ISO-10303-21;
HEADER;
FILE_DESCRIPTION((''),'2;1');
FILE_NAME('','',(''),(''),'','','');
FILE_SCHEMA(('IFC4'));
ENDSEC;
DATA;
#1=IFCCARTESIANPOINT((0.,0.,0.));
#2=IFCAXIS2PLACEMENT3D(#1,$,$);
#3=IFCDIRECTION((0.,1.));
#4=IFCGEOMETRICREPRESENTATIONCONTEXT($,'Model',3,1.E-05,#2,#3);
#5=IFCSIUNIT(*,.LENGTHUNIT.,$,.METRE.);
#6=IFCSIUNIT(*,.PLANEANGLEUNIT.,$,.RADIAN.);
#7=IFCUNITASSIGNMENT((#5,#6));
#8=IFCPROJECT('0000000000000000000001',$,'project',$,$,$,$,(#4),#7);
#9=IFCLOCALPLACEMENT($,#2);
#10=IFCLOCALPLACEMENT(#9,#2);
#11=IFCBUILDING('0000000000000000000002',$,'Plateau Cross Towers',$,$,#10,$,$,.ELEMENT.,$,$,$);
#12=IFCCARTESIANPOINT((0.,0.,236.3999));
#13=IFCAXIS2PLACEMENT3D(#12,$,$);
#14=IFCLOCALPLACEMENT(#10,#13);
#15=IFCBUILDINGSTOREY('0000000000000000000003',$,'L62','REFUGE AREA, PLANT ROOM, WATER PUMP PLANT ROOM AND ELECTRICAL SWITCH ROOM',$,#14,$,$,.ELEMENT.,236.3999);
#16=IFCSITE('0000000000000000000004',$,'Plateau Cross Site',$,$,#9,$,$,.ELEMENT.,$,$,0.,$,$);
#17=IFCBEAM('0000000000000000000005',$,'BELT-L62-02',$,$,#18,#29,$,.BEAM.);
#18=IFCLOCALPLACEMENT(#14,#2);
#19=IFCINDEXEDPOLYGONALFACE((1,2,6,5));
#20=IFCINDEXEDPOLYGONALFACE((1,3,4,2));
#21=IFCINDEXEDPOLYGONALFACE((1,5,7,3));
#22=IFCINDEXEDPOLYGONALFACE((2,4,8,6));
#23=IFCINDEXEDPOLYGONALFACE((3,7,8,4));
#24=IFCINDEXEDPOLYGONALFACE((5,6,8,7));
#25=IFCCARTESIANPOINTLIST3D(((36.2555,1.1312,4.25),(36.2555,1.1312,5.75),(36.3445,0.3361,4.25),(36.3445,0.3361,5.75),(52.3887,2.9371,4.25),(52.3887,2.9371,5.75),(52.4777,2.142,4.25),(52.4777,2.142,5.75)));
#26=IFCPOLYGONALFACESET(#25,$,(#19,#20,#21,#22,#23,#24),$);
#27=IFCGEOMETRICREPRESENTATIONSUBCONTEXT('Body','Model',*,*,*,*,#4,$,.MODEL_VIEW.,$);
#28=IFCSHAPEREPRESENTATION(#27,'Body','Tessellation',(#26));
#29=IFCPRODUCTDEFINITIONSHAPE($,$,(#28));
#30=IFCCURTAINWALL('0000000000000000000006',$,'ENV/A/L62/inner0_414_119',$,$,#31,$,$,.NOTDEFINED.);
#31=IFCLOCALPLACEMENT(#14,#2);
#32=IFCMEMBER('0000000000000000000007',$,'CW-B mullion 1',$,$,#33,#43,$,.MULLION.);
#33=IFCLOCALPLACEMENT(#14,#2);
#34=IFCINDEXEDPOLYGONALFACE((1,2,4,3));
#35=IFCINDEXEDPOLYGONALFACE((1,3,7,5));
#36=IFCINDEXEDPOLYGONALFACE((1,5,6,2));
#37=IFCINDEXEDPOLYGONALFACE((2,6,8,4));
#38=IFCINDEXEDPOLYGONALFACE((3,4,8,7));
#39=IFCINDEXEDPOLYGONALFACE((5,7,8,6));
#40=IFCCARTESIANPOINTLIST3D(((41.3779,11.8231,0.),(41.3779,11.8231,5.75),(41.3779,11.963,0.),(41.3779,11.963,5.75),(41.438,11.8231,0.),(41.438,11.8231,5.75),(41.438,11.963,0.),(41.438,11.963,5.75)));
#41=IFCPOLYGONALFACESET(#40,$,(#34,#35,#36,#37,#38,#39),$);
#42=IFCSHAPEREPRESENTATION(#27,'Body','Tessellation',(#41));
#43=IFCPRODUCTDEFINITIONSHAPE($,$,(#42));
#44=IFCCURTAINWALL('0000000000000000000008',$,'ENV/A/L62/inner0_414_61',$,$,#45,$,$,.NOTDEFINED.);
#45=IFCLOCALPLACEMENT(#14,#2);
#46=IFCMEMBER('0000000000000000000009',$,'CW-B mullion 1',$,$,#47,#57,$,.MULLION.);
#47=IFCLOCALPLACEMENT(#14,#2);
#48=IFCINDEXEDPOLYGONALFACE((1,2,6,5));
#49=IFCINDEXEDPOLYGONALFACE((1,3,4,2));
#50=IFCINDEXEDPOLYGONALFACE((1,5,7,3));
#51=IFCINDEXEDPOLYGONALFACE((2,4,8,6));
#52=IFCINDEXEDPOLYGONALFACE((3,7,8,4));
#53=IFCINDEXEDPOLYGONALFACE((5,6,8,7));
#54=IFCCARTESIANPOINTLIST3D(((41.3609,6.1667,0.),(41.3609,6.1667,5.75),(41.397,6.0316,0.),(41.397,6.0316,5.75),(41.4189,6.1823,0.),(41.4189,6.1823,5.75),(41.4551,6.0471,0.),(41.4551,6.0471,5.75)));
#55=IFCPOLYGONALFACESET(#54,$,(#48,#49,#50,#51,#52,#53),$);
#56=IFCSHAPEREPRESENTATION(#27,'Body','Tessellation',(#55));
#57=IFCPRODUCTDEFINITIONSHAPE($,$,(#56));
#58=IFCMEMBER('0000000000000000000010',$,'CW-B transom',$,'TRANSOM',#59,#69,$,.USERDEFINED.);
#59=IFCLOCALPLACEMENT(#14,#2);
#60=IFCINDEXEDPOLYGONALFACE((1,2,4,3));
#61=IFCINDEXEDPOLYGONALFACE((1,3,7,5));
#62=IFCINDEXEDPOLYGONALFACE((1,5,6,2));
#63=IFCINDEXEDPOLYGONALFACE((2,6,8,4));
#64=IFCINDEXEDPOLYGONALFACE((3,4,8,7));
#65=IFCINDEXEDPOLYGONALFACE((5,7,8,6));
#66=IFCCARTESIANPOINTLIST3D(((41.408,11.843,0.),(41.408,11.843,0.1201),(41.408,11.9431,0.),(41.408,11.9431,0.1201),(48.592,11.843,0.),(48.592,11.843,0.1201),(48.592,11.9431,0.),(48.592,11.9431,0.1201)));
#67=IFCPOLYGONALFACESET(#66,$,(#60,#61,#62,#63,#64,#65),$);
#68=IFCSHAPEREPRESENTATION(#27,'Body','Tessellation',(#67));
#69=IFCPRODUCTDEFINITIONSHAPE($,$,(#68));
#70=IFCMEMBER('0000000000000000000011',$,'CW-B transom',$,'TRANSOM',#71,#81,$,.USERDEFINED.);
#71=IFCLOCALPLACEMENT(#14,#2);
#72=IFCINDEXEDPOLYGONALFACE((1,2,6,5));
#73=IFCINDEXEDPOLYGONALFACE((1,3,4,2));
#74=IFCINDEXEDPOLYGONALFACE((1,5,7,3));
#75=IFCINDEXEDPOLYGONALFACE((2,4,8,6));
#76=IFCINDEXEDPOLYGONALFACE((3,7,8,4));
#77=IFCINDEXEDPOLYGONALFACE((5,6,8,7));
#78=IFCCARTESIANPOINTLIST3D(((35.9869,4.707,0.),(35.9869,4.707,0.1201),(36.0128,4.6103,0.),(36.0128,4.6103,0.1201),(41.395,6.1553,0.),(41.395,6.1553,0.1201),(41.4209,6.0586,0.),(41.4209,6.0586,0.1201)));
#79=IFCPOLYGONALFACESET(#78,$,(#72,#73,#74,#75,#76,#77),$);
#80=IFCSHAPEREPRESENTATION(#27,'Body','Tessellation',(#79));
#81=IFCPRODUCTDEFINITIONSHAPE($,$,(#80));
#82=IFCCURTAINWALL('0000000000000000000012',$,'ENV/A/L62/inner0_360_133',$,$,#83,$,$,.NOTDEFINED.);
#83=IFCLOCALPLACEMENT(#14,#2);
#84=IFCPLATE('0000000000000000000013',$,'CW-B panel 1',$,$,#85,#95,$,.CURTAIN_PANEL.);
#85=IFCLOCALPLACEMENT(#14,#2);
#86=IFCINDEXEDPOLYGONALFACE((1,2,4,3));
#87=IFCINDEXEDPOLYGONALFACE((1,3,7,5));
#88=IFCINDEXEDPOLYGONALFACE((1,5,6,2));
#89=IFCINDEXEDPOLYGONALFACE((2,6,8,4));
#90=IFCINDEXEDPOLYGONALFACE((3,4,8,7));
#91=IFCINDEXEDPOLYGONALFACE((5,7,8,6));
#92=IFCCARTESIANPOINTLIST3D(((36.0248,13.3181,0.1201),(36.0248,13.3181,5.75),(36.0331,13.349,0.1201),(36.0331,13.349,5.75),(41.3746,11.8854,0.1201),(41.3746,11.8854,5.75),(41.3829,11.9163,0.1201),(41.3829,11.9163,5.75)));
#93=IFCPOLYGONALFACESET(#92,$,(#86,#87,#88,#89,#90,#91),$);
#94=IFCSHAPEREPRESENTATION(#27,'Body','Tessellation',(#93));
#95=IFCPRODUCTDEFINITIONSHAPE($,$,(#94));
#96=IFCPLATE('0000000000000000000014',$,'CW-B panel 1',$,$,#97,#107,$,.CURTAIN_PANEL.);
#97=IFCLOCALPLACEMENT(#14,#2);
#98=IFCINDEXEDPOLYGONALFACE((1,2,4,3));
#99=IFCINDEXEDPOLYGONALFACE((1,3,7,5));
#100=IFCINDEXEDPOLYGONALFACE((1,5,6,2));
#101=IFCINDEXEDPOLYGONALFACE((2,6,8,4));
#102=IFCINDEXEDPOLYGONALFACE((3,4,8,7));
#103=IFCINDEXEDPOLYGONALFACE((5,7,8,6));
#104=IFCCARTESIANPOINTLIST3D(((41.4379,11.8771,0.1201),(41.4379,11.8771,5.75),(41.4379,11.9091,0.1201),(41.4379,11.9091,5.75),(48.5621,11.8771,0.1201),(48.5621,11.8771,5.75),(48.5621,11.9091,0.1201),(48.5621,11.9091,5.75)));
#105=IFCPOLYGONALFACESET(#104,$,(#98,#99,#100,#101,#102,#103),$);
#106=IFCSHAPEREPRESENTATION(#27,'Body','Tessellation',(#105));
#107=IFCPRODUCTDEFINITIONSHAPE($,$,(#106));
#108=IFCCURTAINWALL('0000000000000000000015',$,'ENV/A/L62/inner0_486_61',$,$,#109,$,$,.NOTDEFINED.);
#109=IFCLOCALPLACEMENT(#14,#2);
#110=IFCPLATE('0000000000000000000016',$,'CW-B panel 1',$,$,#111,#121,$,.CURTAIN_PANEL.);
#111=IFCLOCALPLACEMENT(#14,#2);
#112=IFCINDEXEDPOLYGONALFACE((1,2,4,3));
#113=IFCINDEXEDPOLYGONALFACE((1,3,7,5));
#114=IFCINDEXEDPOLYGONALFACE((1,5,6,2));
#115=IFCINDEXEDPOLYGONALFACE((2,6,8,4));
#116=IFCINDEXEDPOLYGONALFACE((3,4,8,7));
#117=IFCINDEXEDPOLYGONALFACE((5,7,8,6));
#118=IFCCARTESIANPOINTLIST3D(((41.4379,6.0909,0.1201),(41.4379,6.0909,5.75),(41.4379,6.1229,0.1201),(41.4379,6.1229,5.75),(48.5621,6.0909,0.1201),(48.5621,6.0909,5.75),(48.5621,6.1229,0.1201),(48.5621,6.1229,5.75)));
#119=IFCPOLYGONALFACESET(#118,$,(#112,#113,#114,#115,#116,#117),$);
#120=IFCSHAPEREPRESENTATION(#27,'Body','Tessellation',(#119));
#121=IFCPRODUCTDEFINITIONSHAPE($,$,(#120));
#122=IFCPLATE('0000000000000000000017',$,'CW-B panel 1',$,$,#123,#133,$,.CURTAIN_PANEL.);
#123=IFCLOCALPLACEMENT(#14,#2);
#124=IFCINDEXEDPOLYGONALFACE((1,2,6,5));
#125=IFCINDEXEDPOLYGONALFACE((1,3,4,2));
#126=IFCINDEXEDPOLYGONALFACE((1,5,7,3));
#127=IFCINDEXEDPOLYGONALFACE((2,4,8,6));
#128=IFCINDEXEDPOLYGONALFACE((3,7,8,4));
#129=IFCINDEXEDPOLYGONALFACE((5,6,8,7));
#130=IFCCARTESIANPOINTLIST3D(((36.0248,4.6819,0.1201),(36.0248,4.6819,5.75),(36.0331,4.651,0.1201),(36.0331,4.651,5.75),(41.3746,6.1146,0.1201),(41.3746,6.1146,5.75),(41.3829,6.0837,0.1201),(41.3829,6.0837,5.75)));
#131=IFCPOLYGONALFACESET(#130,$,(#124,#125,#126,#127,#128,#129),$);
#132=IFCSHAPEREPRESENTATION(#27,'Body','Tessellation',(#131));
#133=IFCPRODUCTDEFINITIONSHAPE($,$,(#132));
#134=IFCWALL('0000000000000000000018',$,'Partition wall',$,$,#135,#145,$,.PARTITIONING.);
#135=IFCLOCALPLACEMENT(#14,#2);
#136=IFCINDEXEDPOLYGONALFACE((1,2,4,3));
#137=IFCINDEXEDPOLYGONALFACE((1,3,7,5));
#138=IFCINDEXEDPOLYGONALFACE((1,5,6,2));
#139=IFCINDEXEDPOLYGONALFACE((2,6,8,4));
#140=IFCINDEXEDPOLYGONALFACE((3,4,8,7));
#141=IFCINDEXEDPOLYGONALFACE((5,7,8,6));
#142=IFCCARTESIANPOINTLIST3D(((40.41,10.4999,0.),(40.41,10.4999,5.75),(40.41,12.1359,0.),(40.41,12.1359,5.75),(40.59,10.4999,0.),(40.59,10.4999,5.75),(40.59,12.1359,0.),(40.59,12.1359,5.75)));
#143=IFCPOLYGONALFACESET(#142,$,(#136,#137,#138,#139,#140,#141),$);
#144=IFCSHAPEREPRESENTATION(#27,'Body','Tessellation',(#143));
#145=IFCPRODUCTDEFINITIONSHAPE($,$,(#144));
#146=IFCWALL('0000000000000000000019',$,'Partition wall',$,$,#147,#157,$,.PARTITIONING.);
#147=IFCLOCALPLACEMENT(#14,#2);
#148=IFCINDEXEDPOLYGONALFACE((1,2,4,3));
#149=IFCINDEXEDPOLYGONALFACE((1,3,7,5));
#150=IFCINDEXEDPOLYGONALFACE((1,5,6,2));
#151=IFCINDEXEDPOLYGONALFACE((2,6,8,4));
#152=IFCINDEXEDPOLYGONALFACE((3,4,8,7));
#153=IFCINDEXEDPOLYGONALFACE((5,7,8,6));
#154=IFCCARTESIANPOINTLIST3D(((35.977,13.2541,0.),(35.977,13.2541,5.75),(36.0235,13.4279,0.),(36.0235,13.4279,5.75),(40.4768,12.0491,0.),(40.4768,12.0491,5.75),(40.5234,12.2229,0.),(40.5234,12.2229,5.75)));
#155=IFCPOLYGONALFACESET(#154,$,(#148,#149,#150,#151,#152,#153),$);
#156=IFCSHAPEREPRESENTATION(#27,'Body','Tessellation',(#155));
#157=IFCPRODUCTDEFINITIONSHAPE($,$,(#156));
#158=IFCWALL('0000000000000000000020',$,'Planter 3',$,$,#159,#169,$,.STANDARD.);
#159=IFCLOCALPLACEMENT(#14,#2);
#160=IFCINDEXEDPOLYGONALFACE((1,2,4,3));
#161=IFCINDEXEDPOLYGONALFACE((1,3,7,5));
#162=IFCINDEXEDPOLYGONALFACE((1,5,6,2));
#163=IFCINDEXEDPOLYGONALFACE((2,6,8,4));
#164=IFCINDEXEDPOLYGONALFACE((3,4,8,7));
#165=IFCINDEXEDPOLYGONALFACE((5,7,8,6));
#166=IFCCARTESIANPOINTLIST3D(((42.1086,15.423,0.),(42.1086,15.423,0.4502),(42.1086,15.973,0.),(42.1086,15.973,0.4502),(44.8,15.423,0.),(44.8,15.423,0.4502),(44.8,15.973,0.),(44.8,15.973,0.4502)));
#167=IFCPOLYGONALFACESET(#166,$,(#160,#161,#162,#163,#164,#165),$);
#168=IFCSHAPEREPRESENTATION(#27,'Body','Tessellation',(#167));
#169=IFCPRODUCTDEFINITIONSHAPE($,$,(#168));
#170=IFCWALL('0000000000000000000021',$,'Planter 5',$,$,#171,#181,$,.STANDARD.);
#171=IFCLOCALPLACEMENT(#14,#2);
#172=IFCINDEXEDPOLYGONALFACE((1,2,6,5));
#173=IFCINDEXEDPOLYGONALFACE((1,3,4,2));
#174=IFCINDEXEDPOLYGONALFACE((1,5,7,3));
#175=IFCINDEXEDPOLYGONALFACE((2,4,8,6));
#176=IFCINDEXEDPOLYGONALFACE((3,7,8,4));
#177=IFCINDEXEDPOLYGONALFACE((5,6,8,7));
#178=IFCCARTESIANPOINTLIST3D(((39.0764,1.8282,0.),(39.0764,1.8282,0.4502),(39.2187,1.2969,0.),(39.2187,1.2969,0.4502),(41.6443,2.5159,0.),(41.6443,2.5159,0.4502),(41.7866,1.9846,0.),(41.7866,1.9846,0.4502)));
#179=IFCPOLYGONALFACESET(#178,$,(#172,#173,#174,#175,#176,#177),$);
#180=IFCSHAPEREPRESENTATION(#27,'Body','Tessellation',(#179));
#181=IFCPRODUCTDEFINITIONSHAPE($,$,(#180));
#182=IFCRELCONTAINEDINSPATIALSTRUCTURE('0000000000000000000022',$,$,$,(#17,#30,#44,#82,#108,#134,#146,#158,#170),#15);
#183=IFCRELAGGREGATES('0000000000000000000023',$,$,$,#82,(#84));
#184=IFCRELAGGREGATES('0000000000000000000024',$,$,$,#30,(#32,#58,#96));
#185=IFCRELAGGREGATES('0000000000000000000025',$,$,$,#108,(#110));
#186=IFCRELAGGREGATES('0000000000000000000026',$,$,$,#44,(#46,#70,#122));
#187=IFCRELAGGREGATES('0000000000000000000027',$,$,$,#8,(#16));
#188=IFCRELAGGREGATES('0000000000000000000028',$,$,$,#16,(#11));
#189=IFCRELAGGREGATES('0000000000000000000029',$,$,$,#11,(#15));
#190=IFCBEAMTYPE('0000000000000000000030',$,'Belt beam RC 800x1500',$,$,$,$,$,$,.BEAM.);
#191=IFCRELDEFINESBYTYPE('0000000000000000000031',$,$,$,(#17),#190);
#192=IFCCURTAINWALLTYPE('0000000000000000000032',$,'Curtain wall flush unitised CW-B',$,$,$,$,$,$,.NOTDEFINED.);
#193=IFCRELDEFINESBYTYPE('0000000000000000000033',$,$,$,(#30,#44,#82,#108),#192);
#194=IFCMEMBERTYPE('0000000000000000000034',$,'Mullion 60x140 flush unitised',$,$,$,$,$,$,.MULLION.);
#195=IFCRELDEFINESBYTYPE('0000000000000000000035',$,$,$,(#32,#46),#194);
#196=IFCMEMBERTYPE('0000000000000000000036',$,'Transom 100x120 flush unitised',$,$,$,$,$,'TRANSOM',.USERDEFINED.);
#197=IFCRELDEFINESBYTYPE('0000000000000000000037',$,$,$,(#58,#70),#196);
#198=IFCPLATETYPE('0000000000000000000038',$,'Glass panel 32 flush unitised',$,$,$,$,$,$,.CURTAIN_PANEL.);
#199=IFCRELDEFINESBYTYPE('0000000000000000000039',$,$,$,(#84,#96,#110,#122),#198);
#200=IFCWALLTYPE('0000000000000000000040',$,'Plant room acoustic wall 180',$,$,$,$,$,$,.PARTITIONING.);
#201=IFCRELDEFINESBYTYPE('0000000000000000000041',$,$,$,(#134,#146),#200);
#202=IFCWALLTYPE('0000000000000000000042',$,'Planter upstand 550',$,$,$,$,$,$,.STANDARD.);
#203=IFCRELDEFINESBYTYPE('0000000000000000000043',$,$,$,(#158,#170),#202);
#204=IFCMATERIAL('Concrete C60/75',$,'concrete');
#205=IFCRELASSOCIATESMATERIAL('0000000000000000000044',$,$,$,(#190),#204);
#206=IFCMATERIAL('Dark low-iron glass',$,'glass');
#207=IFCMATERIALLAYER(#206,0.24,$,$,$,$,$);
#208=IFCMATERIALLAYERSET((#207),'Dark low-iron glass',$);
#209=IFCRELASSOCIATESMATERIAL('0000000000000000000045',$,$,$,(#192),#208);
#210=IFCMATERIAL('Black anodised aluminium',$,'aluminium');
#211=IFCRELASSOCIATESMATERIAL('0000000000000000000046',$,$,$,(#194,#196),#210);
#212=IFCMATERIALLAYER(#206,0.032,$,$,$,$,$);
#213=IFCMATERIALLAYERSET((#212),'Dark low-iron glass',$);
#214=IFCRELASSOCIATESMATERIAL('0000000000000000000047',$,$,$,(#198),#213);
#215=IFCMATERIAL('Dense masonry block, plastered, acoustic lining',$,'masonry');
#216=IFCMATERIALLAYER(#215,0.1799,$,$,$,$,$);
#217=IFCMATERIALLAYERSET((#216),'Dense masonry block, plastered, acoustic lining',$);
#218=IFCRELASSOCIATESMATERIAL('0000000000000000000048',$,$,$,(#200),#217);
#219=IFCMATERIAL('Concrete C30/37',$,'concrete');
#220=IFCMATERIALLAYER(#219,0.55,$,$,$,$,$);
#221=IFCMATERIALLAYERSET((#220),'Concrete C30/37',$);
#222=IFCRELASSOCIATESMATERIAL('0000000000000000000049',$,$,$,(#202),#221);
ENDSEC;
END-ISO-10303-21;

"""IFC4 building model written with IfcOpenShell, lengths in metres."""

from ifc_helpers import new_model, si_unit, direction, frame, frame_2d, origin, origin_2d, place, context, subcontext, project, spatial, rectangle, extrude, material, layer, layer_set, material_profile, profile_set, type_object, element, aggregate, save


model = new_model("IFC4")

# Units and contexts
model_context = context("Model", 3, precision=1e-05, world=origin(), true_north=direction((0.0, 1.0)))
body_context = subcontext(model_context, "Body", "Model", "MODEL_VIEW")
ifc_project = project(units=[si_unit("LENGTHUNIT", "METRE"), si_unit("PLANEANGLEUNIT", "RADIAN")], contexts=[model_context])

# Site, building, storey
site_placement = place(None, origin())
site = spatial("IfcSite", under=ifc_project, at=site_placement, Name="Plateau Cross Site", CompositionType="ELEMENT", RefElevation=0.0)
building_placement = place(site_placement, origin())
building = spatial("IfcBuilding", under=site, at=building_placement, Name="Plateau Cross Towers", CompositionType="ELEMENT")
storey_placement = place(building_placement, frame((0.0, 0.0, 236.3999)))
storey = spatial("IfcBuildingStorey", under=building, at=storey_placement, Name="L62", Description="REFUGE AREA, PLANT ROOM, WATER PUMP PLANT ROOM AND ELECTRICAL SWITCH ROOM", CompositionType="ELEMENT", Elevation=236.3999)

# Beam
ifc_material_1 = material(Name="Concrete C60/75", Category="concrete")
ifc_material_profile_1 = material_profile(ifc_material_1, rectangle(XDim=0.8, YDim=1.5, at=origin_2d()), Name="RC 800x1500")
ifc_profile_set_1 = profile_set([ifc_material_profile_1], Name="Concrete C60/75")
beam_type = type_object("IfcBeamType", Name="Belt beam RC 800x1500", PredefinedType="BEAM", material=ifc_profile_set_1)
beam_placement = place(storey_placement, frame((36.3, 0.7336, 5.0), z_axis=(0.993793, 0.111244, 0.0), x_axis=(-0.111244, 0.993793, 0.0)))
element("IfcBeam", 1, at=beam_placement, inside=storey, type_object=beam_type, Name="BELT-L62-02", PredefinedType="BEAM", context=body_context, shape_type="SweptSolid", body=[
    extrude(rectangle(XDim=0.8, YDim=1.5, at=origin_2d()), origin(), (0.0, 0.0, 1.0), 16.2339),
])

# Curtain walls, members
ifc_material_2 = material(Name="Dark low-iron glass", Category="glass")
ifc_layer_1 = layer(ifc_material_2, 0.24)
ifc_layer_set_1 = layer_set([ifc_layer_1], Name="Dark low-iron glass")
curtain_wall_type = type_object("IfcCurtainWallType", Name="Curtain wall flush unitised CW-B", PredefinedType="NOTDEFINED", material=ifc_layer_set_1)
curtain_wall_1_placement = place(storey_placement, origin())
curtain_wall_1 = element("IfcCurtainWall", 2, at=curtain_wall_1_placement, inside=storey, type_object=curtain_wall_type, Name="ENV/A/L62/inner0_414_119", PredefinedType="NOTDEFINED")
ifc_material_3 = material(Name="Black anodised aluminium", Category="aluminium")
ifc_material_profile_2 = material_profile(ifc_material_3, rectangle(XDim=0.0601, YDim=0.1399, at=origin_2d()), Name="MULLION 60x140")
ifc_profile_set_2 = profile_set([ifc_material_profile_2], Name="Black anodised aluminium")
member_type_1 = type_object("IfcMemberType", Name="Mullion 60x140 flush unitised", PredefinedType="MULLION", material=ifc_profile_set_2)
member_1_placement = place(storey_placement, frame((41.408, 11.8931, 0.0), z_axis=(0.0, 0.0, 1.0), x_axis=(1.0, 0.0, 0.0)))
member_1 = element("IfcMember", 3, at=member_1_placement, type_object=member_type_1, Name="CW-B mullion 1", PredefinedType="MULLION", context=body_context, shape_type="SweptSolid", body=[
    extrude(rectangle(XDim=0.0601, YDim=0.1399, at=origin_2d()), origin(), (0.0, 0.0, 1.0), 5.75),
])
curtain_wall_2_placement = place(storey_placement, origin())
curtain_wall_2 = element("IfcCurtainWall", 4, at=curtain_wall_2_placement, inside=storey, type_object=curtain_wall_type, Name="ENV/A/L62/inner0_414_61", PredefinedType="NOTDEFINED")
member_2_placement = place(storey_placement, frame((41.408, 6.1069, 0.0), z_axis=(0.0, 0.0, 1.0), x_axis=(-0.965958, -0.258699, 0.0)))
member_2 = element("IfcMember", 5, at=member_2_placement, type_object=member_type_1, Name="CW-B mullion 1", PredefinedType="MULLION", context=body_context, shape_type="SweptSolid", body=[
    extrude(rectangle(XDim=0.0601, YDim=0.1399, at=origin_2d()), origin(), (0.0, 0.0, 1.0), 5.75),
])

# Members
ifc_material_profile_3 = material_profile(ifc_material_3, rectangle(XDim=0.1001, YDim=0.1201, at=origin_2d()), Name="TRANSOM 100x120")
ifc_profile_set_3 = profile_set([ifc_material_profile_3], Name="Black anodised aluminium")
member_type_2 = type_object("IfcMemberType", Name="Transom 100x120 flush unitised", ElementType="TRANSOM", PredefinedType="USERDEFINED", material=ifc_profile_set_3)
member_3_placement = place(storey_placement, frame((41.408, 11.8931, 0.0601), z_axis=(1.0, 0.0, 0.0), x_axis=(0.0, 1.0, 0.0)))
member_3 = element("IfcMember", 6, at=member_3_placement, type_object=member_type_2, Name="CW-B transom", ObjectType="TRANSOM", PredefinedType="USERDEFINED", context=body_context, shape_type="SweptSolid", body=[
    extrude(rectangle(XDim=0.1001, YDim=0.1201, at=origin_2d()), origin(), (0.0, 0.0, 1.0), 7.1841),
])
member_4_placement = place(storey_placement, frame((41.408, 6.1069, 0.0601), z_axis=(-0.965962, -0.258683, 0.0), x_axis=(0.258683, -0.965962, 0.0)))
member_4 = element("IfcMember", 7, at=member_4_placement, type_object=member_type_2, Name="CW-B transom", ObjectType="TRANSOM", PredefinedType="USERDEFINED", context=body_context, shape_type="SweptSolid", body=[
    extrude(rectangle(XDim=0.1001, YDim=0.1201, at=origin_2d()), origin(), (0.0, 0.0, 1.0), 5.5986),
])

# Curtain wall, plate
curtain_wall_3_placement = place(storey_placement, origin())
curtain_wall_3 = element("IfcCurtainWall", 8, at=curtain_wall_3_placement, inside=storey, type_object=curtain_wall_type, Name="ENV/A/L62/inner0_360_133", PredefinedType="NOTDEFINED")
ifc_layer_2 = layer(ifc_material_2, 0.032)
ifc_layer_set_2 = layer_set([ifc_layer_2], Name="Dark low-iron glass")
plate_type = type_object("IfcPlateType", Name="Glass panel 32 flush unitised", PredefinedType="CURTAIN_PANEL", material=ifc_layer_set_2)
plate_1_placement = place(storey_placement, frame((38.7039, 12.6172, 0.1201), z_axis=(0.0, 0.0, 1.0), x_axis=(0.965958, -0.258699, 0.0)))
plate_1 = element("IfcPlate", 9, at=plate_1_placement, type_object=plate_type, Name="CW-B panel 1", PredefinedType="CURTAIN_PANEL", context=body_context, shape_type="SweptSolid", body=[
    extrude(rectangle(XDim=5.5383, YDim=0.032, at=origin_2d()), origin(), (0.0, 0.0, 1.0), 5.6299),
])
aggregate(curtain_wall_3, [plate_1])

# Plate
plate_2_placement = place(storey_placement, frame((45.0, 11.8931, 0.1201), z_axis=(0.0, 0.0, 1.0), x_axis=(1.0, 0.0, 0.0)))
plate_2 = element("IfcPlate", 10, at=plate_2_placement, type_object=plate_type, Name="CW-B panel 1", PredefinedType="CURTAIN_PANEL", context=body_context, shape_type="SweptSolid", body=[
    extrude(rectangle(XDim=7.1243, YDim=0.032, at=origin_2d()), origin(), (0.0, 0.0, 1.0), 5.6299),
])
aggregate(curtain_wall_1, [member_1, member_3, plate_2])

# Curtain wall, plate
curtain_wall_4_placement = place(storey_placement, origin())
curtain_wall_4 = element("IfcCurtainWall", 11, at=curtain_wall_4_placement, inside=storey, type_object=curtain_wall_type, Name="ENV/A/L62/inner0_486_61", PredefinedType="NOTDEFINED")
plate_3_placement = place(storey_placement, frame((45.0, 6.1069, 0.1201), z_axis=(0.0, 0.0, 1.0), x_axis=(-1.0, 0.0, 0.0)))
plate_3 = element("IfcPlate", 12, at=plate_3_placement, type_object=plate_type, Name="CW-B panel 1", PredefinedType="CURTAIN_PANEL", context=body_context, shape_type="SweptSolid", body=[
    extrude(rectangle(XDim=7.1243, YDim=0.032, at=origin_2d()), origin(), (0.0, 0.0, 1.0), 5.6299),
])
aggregate(curtain_wall_4, [plate_3])

# Plate
plate_4_placement = place(storey_placement, frame((38.7039, 5.3828, 0.1201), z_axis=(0.0, 0.0, 1.0), x_axis=(-0.965958, -0.258699, 0.0)))
plate_4 = element("IfcPlate", 13, at=plate_4_placement, type_object=plate_type, Name="CW-B panel 1", PredefinedType="CURTAIN_PANEL", context=body_context, shape_type="SweptSolid", body=[
    extrude(rectangle(XDim=5.5383, YDim=0.032, at=origin_2d()), origin(), (0.0, 0.0, 1.0), 5.6299),
])
aggregate(curtain_wall_2, [member_2, member_4, plate_4])

# Walls
ifc_material_4 = material(Name="Dense masonry block, plastered, acoustic lining", Category="masonry")
ifc_layer_3 = layer(ifc_material_4, 0.1799)
ifc_layer_set_3 = layer_set([ifc_layer_3], Name="Dense masonry block, plastered, acoustic lining")
wall_type_1 = type_object("IfcWallType", Name="Plant room acoustic wall 180", PredefinedType="PARTITIONING", material=ifc_layer_set_3)
wall_1_placement = place(storey_placement, frame((40.5, 10.5, 0.0), z_axis=(0.0, 0.0, 1.0), x_axis=(0.0, 1.0, 0.0)))
element("IfcWall", 14, at=wall_1_placement, inside=storey, type_object=wall_type_1, Name="Partition wall", PredefinedType="PARTITIONING", context=body_context, shape_type="SweptSolid", body=[
    extrude(rectangle(XDim=1.636, YDim=0.1799, at=frame_2d((0.8179, 0.0))), origin(), (0.0, 0.0, 1.0), 5.75),
])
wall_2_placement = place(storey_placement, frame((40.5, 12.136, 0.0), z_axis=(0.0, 0.0, 1.0), x_axis=(-0.965963, 0.25868, 0.0)))
element("IfcWall", 15, at=wall_2_placement, inside=storey, type_object=wall_type_1, Name="Partition wall", PredefinedType="PARTITIONING", context=body_context, shape_type="SweptSolid", body=[
    extrude(rectangle(XDim=4.6584, YDim=0.1799, at=frame_2d((2.3291, 0.0))), origin(), (0.0, 0.0, 1.0), 5.75),
])
ifc_material_5 = material(Name="Concrete C30/37", Category="concrete")
ifc_layer_4 = layer(ifc_material_5, 0.55)
ifc_layer_set_4 = layer_set([ifc_layer_4], Name="Concrete C30/37")
wall_type_2 = type_object("IfcWallType", Name="Planter upstand 550", PredefinedType="STANDARD", material=ifc_layer_set_4)
wall_3_placement = place(storey_placement, frame((42.1086, 15.698, 0.0), z_axis=(0.0, 0.0, 1.0), x_axis=(1.0, 0.0, 0.0)))
element("IfcWall", 16, at=wall_3_placement, inside=storey, type_object=wall_type_2, Name="Planter 3", PredefinedType="STANDARD", context=body_context, shape_type="SweptSolid", body=[
    extrude(rectangle(XDim=2.6914, YDim=0.55, at=frame_2d((1.3457, 0.0))), origin(), (0.0, 0.0, 1.0), 0.4502),
])
wall_4_placement = place(storey_placement, frame((41.7153, 2.2502, 0.0), z_axis=(0.0, 0.0, 1.0), x_axis=(-0.965955, -0.258709, 0.0)))
element("IfcWall", 17, at=wall_4_placement, inside=storey, type_object=wall_type_2, Name="Planter 5", PredefinedType="STANDARD", context=body_context, shape_type="SweptSolid", body=[
    extrude(rectangle(XDim=2.6584, YDim=0.55, at=frame_2d((1.3291, 0.0))), origin(), (0.0, 0.0, 1.0), 0.4502),
])

save(model, "model.ifc")
